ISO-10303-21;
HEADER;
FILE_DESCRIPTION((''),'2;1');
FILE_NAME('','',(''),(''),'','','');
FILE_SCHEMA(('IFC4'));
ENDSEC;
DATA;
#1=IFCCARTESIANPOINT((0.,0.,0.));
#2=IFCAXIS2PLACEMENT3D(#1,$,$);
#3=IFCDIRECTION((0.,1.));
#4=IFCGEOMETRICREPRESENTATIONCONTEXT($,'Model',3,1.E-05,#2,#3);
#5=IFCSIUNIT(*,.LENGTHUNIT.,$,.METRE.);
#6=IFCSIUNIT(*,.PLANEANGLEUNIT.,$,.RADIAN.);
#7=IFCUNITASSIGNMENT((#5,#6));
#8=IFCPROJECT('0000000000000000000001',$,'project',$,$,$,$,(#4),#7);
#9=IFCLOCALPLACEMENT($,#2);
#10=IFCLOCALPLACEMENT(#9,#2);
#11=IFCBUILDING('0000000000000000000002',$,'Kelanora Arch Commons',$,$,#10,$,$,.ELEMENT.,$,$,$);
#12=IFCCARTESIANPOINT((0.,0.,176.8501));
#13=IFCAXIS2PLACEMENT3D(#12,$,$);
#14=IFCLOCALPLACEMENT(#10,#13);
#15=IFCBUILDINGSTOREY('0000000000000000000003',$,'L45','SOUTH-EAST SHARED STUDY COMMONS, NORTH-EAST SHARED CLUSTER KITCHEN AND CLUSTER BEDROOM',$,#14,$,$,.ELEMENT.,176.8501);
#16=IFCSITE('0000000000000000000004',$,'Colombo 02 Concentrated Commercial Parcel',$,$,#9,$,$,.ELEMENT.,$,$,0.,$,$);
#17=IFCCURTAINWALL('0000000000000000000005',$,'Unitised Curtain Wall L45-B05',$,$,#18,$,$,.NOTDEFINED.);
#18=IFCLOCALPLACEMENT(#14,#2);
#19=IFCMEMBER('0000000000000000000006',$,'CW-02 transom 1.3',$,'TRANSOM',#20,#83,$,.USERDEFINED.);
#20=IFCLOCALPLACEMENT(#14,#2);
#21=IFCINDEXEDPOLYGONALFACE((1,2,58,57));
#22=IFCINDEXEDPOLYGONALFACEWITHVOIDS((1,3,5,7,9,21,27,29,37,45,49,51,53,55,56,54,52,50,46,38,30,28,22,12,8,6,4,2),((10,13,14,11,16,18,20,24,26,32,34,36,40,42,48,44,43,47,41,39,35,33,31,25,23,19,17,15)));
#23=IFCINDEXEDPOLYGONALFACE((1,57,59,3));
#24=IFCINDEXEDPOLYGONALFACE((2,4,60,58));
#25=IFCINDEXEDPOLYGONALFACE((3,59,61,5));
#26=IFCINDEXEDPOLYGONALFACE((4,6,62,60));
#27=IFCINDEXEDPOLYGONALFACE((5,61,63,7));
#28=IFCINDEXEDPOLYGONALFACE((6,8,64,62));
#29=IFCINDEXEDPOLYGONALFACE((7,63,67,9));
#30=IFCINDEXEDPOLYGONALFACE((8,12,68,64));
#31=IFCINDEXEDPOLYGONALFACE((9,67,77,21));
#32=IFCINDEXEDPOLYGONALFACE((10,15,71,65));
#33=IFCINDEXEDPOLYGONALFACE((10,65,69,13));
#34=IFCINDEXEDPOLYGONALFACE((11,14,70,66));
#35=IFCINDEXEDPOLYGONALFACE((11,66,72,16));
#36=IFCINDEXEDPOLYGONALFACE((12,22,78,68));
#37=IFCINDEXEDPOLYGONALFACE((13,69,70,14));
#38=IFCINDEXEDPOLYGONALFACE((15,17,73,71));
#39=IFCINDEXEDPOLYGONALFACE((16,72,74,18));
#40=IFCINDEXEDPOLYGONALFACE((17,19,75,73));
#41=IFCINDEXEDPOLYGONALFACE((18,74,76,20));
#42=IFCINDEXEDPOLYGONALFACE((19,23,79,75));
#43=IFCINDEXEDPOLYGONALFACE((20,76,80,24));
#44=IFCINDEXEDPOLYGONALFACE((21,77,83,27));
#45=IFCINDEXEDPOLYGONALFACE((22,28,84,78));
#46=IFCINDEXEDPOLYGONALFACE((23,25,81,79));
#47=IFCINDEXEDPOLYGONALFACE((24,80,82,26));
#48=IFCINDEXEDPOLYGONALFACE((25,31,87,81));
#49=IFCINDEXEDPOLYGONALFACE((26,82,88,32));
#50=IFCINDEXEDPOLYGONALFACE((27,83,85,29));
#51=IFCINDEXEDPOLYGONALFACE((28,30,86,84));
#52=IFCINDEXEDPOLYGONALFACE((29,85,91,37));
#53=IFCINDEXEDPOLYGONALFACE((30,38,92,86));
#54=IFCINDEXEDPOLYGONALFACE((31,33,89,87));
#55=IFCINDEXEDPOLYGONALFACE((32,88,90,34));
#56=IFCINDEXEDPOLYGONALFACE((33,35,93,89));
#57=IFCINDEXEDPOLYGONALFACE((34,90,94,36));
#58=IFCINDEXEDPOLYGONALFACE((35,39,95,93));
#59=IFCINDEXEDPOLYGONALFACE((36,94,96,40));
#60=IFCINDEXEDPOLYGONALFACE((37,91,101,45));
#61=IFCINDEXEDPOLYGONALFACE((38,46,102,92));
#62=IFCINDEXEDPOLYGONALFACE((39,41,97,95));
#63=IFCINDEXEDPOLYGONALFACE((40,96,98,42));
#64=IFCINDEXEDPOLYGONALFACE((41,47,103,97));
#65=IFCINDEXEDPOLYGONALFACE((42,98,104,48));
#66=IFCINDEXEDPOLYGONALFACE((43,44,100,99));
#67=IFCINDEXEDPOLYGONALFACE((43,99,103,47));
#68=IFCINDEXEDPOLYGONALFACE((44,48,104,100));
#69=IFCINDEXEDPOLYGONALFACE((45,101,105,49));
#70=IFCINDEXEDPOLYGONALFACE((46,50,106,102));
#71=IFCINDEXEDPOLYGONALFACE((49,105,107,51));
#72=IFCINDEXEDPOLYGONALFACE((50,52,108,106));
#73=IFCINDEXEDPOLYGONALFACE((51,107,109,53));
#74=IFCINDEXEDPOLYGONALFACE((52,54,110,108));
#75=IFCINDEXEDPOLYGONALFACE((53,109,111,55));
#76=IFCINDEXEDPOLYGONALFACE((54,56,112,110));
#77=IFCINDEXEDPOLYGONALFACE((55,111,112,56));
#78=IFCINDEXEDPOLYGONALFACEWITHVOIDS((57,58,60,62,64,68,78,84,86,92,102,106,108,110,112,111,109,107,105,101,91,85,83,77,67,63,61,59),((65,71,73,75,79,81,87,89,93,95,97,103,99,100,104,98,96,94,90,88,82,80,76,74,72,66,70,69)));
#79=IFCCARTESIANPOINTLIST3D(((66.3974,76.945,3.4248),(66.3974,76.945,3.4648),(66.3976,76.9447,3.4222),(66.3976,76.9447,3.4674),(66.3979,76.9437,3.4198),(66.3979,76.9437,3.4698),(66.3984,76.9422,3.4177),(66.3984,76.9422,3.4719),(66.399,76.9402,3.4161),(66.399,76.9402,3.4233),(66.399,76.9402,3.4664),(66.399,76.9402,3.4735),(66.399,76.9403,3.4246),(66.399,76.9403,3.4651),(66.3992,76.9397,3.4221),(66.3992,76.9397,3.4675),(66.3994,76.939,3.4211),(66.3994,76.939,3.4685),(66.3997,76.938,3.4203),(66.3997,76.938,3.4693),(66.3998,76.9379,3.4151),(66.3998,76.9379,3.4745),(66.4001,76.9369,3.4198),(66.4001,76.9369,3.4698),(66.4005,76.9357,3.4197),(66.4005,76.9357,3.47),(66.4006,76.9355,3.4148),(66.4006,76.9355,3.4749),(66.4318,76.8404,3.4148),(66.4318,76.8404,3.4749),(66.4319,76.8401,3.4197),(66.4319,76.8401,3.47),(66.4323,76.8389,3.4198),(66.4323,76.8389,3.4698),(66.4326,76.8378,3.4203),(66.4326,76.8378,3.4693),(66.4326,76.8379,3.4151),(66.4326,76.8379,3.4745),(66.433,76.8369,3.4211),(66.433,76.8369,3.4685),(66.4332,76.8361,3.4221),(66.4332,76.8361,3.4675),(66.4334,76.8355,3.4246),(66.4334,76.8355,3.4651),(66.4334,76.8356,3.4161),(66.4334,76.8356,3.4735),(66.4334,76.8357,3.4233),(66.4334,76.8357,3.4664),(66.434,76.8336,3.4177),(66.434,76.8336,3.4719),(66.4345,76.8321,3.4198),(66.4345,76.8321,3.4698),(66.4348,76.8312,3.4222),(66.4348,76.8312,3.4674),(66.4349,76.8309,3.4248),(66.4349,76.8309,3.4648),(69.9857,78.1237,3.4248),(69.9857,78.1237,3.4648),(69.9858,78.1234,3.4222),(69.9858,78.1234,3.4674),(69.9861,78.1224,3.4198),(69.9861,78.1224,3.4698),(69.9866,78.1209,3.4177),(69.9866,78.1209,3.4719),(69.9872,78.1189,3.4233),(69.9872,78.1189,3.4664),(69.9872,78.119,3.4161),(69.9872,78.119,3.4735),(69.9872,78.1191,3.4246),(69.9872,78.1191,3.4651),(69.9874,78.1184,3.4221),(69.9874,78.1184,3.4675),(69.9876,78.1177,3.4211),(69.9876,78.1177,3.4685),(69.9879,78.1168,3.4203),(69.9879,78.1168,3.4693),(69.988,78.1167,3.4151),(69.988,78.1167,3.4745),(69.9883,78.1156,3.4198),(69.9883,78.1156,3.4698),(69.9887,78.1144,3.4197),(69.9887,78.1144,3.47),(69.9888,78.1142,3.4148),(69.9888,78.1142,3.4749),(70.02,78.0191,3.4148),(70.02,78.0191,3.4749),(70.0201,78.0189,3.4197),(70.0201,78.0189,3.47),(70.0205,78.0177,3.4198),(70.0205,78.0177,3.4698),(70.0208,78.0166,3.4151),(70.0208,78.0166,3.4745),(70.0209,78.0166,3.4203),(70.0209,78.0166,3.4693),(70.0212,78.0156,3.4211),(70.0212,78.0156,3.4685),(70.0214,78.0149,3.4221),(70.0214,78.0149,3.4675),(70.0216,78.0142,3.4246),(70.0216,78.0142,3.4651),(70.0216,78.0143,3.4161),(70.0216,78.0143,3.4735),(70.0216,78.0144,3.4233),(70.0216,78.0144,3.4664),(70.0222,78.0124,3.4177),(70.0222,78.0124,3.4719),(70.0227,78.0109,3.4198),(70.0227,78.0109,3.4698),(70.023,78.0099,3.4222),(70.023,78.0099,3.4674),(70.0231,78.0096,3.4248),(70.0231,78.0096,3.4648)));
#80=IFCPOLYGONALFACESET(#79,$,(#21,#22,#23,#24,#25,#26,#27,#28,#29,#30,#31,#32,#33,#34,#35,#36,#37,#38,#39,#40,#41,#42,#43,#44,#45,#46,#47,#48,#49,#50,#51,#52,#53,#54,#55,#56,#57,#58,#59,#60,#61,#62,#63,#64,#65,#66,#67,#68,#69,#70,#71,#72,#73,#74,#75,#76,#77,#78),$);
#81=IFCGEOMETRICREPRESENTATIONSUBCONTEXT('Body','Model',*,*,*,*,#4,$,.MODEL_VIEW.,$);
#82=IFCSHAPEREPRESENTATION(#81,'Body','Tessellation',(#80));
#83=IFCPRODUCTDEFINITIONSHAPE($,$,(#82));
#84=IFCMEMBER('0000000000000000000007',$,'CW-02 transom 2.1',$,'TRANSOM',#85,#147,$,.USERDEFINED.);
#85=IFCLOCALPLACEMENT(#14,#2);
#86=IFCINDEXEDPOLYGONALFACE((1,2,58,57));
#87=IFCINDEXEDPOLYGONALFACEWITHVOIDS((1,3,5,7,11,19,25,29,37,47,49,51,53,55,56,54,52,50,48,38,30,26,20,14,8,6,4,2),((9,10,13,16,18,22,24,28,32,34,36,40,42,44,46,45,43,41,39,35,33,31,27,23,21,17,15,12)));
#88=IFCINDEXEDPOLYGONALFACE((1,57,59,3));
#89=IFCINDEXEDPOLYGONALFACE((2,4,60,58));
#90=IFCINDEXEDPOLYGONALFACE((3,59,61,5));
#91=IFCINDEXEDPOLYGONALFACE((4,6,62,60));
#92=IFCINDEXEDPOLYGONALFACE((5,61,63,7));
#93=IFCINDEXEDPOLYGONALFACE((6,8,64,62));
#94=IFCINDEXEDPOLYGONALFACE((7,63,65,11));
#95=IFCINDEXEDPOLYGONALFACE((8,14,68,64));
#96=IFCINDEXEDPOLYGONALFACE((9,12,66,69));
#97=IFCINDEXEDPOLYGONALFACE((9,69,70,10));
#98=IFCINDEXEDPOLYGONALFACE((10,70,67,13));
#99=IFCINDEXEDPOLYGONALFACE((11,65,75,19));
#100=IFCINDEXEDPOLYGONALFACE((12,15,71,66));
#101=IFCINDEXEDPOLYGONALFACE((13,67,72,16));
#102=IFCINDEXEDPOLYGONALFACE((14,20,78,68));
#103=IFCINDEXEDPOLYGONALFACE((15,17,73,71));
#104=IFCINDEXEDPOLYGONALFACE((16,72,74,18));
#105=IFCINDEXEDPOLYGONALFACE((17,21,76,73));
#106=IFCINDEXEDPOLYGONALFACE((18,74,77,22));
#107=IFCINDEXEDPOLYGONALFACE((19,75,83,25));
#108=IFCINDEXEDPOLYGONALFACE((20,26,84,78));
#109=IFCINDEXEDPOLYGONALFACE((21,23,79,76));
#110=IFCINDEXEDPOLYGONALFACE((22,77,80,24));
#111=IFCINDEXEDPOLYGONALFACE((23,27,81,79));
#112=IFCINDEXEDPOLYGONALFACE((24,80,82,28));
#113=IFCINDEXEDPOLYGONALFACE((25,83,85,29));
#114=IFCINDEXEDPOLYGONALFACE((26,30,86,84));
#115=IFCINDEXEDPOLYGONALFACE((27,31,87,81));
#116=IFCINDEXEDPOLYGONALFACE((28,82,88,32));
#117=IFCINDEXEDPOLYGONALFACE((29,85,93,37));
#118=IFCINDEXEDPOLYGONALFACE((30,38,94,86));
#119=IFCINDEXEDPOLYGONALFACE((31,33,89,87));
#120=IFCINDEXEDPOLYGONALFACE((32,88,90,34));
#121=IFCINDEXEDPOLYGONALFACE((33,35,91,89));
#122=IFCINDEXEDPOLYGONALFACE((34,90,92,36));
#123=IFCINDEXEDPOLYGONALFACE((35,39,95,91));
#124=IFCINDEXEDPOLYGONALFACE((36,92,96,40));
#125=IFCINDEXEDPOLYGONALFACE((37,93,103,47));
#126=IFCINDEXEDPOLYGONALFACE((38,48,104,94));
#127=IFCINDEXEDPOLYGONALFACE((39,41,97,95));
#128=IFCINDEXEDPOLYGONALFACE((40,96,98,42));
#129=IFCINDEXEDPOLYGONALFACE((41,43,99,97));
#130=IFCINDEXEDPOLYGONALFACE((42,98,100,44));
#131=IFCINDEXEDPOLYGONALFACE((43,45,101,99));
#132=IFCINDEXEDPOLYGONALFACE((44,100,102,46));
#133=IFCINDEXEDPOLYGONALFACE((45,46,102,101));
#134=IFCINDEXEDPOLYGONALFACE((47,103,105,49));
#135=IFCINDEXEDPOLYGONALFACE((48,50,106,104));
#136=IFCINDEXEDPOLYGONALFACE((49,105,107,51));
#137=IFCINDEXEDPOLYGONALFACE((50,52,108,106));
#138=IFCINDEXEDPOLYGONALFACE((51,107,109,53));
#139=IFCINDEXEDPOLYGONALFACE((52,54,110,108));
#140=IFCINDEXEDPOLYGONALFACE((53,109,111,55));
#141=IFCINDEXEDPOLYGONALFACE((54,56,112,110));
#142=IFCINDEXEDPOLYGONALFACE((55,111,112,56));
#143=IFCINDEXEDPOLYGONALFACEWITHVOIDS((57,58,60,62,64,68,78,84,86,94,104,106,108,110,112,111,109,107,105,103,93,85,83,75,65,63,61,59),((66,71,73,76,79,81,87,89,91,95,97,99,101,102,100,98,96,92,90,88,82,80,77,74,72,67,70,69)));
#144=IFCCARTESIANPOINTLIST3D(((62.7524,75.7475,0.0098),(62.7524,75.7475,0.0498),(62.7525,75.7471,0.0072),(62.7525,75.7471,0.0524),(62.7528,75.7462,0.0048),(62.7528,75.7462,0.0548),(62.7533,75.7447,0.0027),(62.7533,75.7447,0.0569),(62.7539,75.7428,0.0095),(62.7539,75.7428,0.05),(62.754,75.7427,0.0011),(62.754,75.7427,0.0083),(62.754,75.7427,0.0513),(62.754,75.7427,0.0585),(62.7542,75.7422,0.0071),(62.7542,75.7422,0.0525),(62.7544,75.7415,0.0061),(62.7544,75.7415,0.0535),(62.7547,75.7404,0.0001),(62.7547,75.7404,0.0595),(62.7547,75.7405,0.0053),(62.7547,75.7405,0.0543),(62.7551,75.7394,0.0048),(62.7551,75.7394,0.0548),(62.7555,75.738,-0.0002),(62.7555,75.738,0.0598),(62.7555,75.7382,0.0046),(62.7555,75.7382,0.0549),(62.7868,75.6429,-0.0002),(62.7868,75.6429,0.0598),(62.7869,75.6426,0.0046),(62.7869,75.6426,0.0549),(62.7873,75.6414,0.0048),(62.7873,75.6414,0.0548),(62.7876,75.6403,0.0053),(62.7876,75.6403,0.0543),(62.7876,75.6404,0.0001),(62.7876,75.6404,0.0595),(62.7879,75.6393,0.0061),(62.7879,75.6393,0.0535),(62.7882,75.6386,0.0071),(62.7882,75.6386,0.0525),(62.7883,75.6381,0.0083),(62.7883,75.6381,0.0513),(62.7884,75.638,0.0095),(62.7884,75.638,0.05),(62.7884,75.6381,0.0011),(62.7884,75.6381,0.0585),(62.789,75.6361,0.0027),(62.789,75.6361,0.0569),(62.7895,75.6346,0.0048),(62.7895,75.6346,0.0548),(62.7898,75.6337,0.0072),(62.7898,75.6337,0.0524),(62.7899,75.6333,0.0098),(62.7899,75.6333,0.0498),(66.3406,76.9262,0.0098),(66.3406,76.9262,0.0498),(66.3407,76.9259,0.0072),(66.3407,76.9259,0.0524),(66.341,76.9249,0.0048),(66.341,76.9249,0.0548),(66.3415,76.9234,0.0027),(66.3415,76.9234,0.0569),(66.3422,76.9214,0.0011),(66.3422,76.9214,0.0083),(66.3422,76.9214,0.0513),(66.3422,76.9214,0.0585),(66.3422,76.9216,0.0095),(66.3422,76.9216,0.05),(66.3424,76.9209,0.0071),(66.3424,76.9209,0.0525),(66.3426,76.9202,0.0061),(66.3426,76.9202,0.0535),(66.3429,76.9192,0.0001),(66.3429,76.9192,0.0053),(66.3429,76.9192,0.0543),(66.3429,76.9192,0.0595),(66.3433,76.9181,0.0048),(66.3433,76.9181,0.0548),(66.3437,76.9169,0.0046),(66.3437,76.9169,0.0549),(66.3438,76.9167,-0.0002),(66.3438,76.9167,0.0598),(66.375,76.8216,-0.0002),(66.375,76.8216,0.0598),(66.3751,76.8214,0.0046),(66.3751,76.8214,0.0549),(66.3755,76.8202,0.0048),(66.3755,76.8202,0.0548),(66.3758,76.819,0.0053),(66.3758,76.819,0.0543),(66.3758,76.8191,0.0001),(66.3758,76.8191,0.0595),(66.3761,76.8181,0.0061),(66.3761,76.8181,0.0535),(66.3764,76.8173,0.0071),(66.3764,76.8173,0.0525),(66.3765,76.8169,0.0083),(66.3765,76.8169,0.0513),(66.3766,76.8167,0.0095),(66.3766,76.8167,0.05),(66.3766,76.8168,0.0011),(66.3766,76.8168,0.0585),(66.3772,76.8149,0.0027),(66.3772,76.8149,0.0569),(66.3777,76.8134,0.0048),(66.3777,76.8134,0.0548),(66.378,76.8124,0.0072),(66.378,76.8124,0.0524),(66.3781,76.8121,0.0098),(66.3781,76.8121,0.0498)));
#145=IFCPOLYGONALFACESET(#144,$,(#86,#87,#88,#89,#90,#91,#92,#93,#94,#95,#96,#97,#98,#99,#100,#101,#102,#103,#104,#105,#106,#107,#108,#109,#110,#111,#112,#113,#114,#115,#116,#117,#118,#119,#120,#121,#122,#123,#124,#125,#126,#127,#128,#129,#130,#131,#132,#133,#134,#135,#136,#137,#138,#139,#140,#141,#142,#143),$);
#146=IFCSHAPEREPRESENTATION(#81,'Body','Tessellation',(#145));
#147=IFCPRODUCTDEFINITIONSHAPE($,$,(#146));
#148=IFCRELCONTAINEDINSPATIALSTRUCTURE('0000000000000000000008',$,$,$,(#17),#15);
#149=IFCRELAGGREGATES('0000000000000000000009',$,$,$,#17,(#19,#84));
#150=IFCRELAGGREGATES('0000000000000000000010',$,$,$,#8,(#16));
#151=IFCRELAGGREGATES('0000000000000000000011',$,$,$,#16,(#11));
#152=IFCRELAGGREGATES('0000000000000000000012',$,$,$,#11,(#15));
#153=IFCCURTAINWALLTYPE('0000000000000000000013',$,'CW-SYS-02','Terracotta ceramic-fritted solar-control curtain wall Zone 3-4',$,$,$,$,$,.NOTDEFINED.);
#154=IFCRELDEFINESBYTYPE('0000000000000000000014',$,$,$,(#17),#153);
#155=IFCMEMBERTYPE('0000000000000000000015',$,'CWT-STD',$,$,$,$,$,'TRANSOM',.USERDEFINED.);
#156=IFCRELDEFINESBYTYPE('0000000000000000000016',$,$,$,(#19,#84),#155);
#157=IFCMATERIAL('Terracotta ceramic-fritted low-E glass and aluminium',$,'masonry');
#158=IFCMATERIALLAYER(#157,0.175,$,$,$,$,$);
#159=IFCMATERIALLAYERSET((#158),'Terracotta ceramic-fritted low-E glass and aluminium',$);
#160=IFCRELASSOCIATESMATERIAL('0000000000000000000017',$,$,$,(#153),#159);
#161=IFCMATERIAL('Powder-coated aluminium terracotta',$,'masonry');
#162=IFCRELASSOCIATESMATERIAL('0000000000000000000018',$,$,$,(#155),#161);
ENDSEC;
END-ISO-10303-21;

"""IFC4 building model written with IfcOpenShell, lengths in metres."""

from ifc_helpers import new_model, si_unit, direction, frame, origin, origin_2d, place, context, subcontext, project, spatial, hollow_rectangle, extrude, material, layer, layer_set, material_profile, profile_set, type_object, element, aggregate, save


model = new_model("IFC4")

# Units and contexts
model_context = context("Model", 3, precision=1e-05, world=origin(), true_north=direction((0.0, 1.0)))
body_context = subcontext(model_context, "Body", "Model", "MODEL_VIEW")
ifc_project = project(units=[si_unit("LENGTHUNIT", "METRE"), si_unit("PLANEANGLEUNIT", "RADIAN")], contexts=[model_context])

# Site, building, storey
site_placement = place(None, origin())
site = spatial("IfcSite", under=ifc_project, at=site_placement, Name="Colombo 02 Concentrated Commercial Parcel", CompositionType="ELEMENT", RefElevation=0.0)
building_placement = place(site_placement, origin())
building = spatial("IfcBuilding", under=site, at=building_placement, Name="Kelanora Arch Commons", CompositionType="ELEMENT")
storey_placement = place(building_placement, frame((0.0, 0.0, 176.8501)))
storey = spatial("IfcBuildingStorey", under=building, at=storey_placement, Name="L45", Description="SOUTH-EAST SHARED STUDY COMMONS, NORTH-EAST SHARED CLUSTER KITCHEN AND CLUSTER BEDROOM", CompositionType="ELEMENT", Elevation=176.8501)

# Curtain wall, members
ifc_material_1 = material(Name="Terracotta ceramic-fritted low-E glass and aluminium", Category="masonry")
ifc_layer_1 = layer(ifc_material_1, 0.175)
ifc_layer_set_1 = layer_set([ifc_layer_1], Name="Terracotta ceramic-fritted low-E glass and aluminium")
curtain_wall_type = type_object("IfcCurtainWallType", Name="CW-SYS-02", Description="Terracotta ceramic-fritted solar-control curtain wall Zone 3-4", PredefinedType="NOTDEFINED", material=ifc_layer_set_1)
curtain_wall_placement = place(storey_placement, origin())
curtain_wall = element("IfcCurtainWall", 1, at=curtain_wall_placement, inside=storey, type_object=curtain_wall_type, Name="Unitised Curtain Wall L45-B05", PredefinedType="NOTDEFINED")
ifc_material_2 = material(Name="Powder-coated aluminium terracotta", Category="masonry")
ifc_material_profile_1 = material_profile(ifc_material_2, hollow_rectangle(XDim=0.1201, YDim=0.0601, WallThickness=0.0049, InnerFilletRadius=0.0049, OuterFilletRadius=0.01, at=origin_2d()), Name="CWT120x60")
ifc_profile_set_1 = profile_set([ifc_material_profile_1], Name="Powder-coated aluminium terracotta")
member_type_1 = type_object("IfcMemberType", Name="CWT-STD", ElementType="TRANSOM", PredefinedType="USERDEFINED", material=ifc_profile_set_1)
member_1_placement = place(storey_placement, frame((70.0044, 78.0667, 3.4448), z_axis=(-0.950051, -0.312094, 0.0), x_axis=(0.312094, -0.950051, 0.0)))
member_1 = element("IfcMember", 2, at=member_1_placement, type_object=member_type_1, Name="CW-02 transom 1.3", ObjectType="TRANSOM", PredefinedType="USERDEFINED", context=body_context, shape_type="SweptSolid", body=[
    extrude(hollow_rectangle(XDim=0.1201, YDim=0.0601, WallThickness=0.0049, InnerFilletRadius=0.0049, OuterFilletRadius=0.01, at=origin_2d()), origin(), (0.0, 0.0, 1.0), 3.7769),
])
member_2_placement = place(storey_placement, frame((66.3594, 76.8691, 0.0298), z_axis=(-0.950051, -0.312094, 0.0), x_axis=(0.312094, -0.950051, 0.0)))
member_2 = element("IfcMember", 3, at=member_2_placement, type_object=member_type_1, Name="CW-02 transom 2.1", ObjectType="TRANSOM", PredefinedType="USERDEFINED", context=body_context, shape_type="SweptSolid", body=[
    extrude(hollow_rectangle(XDim=0.1201, YDim=0.0601, WallThickness=0.0049, InnerFilletRadius=0.0049, OuterFilletRadius=0.01, at=origin_2d()), origin(), (0.0, 0.0, 1.0), 3.7769),
])
aggregate(curtain_wall, [member_1, member_2])

save(model, "model.ifc")
